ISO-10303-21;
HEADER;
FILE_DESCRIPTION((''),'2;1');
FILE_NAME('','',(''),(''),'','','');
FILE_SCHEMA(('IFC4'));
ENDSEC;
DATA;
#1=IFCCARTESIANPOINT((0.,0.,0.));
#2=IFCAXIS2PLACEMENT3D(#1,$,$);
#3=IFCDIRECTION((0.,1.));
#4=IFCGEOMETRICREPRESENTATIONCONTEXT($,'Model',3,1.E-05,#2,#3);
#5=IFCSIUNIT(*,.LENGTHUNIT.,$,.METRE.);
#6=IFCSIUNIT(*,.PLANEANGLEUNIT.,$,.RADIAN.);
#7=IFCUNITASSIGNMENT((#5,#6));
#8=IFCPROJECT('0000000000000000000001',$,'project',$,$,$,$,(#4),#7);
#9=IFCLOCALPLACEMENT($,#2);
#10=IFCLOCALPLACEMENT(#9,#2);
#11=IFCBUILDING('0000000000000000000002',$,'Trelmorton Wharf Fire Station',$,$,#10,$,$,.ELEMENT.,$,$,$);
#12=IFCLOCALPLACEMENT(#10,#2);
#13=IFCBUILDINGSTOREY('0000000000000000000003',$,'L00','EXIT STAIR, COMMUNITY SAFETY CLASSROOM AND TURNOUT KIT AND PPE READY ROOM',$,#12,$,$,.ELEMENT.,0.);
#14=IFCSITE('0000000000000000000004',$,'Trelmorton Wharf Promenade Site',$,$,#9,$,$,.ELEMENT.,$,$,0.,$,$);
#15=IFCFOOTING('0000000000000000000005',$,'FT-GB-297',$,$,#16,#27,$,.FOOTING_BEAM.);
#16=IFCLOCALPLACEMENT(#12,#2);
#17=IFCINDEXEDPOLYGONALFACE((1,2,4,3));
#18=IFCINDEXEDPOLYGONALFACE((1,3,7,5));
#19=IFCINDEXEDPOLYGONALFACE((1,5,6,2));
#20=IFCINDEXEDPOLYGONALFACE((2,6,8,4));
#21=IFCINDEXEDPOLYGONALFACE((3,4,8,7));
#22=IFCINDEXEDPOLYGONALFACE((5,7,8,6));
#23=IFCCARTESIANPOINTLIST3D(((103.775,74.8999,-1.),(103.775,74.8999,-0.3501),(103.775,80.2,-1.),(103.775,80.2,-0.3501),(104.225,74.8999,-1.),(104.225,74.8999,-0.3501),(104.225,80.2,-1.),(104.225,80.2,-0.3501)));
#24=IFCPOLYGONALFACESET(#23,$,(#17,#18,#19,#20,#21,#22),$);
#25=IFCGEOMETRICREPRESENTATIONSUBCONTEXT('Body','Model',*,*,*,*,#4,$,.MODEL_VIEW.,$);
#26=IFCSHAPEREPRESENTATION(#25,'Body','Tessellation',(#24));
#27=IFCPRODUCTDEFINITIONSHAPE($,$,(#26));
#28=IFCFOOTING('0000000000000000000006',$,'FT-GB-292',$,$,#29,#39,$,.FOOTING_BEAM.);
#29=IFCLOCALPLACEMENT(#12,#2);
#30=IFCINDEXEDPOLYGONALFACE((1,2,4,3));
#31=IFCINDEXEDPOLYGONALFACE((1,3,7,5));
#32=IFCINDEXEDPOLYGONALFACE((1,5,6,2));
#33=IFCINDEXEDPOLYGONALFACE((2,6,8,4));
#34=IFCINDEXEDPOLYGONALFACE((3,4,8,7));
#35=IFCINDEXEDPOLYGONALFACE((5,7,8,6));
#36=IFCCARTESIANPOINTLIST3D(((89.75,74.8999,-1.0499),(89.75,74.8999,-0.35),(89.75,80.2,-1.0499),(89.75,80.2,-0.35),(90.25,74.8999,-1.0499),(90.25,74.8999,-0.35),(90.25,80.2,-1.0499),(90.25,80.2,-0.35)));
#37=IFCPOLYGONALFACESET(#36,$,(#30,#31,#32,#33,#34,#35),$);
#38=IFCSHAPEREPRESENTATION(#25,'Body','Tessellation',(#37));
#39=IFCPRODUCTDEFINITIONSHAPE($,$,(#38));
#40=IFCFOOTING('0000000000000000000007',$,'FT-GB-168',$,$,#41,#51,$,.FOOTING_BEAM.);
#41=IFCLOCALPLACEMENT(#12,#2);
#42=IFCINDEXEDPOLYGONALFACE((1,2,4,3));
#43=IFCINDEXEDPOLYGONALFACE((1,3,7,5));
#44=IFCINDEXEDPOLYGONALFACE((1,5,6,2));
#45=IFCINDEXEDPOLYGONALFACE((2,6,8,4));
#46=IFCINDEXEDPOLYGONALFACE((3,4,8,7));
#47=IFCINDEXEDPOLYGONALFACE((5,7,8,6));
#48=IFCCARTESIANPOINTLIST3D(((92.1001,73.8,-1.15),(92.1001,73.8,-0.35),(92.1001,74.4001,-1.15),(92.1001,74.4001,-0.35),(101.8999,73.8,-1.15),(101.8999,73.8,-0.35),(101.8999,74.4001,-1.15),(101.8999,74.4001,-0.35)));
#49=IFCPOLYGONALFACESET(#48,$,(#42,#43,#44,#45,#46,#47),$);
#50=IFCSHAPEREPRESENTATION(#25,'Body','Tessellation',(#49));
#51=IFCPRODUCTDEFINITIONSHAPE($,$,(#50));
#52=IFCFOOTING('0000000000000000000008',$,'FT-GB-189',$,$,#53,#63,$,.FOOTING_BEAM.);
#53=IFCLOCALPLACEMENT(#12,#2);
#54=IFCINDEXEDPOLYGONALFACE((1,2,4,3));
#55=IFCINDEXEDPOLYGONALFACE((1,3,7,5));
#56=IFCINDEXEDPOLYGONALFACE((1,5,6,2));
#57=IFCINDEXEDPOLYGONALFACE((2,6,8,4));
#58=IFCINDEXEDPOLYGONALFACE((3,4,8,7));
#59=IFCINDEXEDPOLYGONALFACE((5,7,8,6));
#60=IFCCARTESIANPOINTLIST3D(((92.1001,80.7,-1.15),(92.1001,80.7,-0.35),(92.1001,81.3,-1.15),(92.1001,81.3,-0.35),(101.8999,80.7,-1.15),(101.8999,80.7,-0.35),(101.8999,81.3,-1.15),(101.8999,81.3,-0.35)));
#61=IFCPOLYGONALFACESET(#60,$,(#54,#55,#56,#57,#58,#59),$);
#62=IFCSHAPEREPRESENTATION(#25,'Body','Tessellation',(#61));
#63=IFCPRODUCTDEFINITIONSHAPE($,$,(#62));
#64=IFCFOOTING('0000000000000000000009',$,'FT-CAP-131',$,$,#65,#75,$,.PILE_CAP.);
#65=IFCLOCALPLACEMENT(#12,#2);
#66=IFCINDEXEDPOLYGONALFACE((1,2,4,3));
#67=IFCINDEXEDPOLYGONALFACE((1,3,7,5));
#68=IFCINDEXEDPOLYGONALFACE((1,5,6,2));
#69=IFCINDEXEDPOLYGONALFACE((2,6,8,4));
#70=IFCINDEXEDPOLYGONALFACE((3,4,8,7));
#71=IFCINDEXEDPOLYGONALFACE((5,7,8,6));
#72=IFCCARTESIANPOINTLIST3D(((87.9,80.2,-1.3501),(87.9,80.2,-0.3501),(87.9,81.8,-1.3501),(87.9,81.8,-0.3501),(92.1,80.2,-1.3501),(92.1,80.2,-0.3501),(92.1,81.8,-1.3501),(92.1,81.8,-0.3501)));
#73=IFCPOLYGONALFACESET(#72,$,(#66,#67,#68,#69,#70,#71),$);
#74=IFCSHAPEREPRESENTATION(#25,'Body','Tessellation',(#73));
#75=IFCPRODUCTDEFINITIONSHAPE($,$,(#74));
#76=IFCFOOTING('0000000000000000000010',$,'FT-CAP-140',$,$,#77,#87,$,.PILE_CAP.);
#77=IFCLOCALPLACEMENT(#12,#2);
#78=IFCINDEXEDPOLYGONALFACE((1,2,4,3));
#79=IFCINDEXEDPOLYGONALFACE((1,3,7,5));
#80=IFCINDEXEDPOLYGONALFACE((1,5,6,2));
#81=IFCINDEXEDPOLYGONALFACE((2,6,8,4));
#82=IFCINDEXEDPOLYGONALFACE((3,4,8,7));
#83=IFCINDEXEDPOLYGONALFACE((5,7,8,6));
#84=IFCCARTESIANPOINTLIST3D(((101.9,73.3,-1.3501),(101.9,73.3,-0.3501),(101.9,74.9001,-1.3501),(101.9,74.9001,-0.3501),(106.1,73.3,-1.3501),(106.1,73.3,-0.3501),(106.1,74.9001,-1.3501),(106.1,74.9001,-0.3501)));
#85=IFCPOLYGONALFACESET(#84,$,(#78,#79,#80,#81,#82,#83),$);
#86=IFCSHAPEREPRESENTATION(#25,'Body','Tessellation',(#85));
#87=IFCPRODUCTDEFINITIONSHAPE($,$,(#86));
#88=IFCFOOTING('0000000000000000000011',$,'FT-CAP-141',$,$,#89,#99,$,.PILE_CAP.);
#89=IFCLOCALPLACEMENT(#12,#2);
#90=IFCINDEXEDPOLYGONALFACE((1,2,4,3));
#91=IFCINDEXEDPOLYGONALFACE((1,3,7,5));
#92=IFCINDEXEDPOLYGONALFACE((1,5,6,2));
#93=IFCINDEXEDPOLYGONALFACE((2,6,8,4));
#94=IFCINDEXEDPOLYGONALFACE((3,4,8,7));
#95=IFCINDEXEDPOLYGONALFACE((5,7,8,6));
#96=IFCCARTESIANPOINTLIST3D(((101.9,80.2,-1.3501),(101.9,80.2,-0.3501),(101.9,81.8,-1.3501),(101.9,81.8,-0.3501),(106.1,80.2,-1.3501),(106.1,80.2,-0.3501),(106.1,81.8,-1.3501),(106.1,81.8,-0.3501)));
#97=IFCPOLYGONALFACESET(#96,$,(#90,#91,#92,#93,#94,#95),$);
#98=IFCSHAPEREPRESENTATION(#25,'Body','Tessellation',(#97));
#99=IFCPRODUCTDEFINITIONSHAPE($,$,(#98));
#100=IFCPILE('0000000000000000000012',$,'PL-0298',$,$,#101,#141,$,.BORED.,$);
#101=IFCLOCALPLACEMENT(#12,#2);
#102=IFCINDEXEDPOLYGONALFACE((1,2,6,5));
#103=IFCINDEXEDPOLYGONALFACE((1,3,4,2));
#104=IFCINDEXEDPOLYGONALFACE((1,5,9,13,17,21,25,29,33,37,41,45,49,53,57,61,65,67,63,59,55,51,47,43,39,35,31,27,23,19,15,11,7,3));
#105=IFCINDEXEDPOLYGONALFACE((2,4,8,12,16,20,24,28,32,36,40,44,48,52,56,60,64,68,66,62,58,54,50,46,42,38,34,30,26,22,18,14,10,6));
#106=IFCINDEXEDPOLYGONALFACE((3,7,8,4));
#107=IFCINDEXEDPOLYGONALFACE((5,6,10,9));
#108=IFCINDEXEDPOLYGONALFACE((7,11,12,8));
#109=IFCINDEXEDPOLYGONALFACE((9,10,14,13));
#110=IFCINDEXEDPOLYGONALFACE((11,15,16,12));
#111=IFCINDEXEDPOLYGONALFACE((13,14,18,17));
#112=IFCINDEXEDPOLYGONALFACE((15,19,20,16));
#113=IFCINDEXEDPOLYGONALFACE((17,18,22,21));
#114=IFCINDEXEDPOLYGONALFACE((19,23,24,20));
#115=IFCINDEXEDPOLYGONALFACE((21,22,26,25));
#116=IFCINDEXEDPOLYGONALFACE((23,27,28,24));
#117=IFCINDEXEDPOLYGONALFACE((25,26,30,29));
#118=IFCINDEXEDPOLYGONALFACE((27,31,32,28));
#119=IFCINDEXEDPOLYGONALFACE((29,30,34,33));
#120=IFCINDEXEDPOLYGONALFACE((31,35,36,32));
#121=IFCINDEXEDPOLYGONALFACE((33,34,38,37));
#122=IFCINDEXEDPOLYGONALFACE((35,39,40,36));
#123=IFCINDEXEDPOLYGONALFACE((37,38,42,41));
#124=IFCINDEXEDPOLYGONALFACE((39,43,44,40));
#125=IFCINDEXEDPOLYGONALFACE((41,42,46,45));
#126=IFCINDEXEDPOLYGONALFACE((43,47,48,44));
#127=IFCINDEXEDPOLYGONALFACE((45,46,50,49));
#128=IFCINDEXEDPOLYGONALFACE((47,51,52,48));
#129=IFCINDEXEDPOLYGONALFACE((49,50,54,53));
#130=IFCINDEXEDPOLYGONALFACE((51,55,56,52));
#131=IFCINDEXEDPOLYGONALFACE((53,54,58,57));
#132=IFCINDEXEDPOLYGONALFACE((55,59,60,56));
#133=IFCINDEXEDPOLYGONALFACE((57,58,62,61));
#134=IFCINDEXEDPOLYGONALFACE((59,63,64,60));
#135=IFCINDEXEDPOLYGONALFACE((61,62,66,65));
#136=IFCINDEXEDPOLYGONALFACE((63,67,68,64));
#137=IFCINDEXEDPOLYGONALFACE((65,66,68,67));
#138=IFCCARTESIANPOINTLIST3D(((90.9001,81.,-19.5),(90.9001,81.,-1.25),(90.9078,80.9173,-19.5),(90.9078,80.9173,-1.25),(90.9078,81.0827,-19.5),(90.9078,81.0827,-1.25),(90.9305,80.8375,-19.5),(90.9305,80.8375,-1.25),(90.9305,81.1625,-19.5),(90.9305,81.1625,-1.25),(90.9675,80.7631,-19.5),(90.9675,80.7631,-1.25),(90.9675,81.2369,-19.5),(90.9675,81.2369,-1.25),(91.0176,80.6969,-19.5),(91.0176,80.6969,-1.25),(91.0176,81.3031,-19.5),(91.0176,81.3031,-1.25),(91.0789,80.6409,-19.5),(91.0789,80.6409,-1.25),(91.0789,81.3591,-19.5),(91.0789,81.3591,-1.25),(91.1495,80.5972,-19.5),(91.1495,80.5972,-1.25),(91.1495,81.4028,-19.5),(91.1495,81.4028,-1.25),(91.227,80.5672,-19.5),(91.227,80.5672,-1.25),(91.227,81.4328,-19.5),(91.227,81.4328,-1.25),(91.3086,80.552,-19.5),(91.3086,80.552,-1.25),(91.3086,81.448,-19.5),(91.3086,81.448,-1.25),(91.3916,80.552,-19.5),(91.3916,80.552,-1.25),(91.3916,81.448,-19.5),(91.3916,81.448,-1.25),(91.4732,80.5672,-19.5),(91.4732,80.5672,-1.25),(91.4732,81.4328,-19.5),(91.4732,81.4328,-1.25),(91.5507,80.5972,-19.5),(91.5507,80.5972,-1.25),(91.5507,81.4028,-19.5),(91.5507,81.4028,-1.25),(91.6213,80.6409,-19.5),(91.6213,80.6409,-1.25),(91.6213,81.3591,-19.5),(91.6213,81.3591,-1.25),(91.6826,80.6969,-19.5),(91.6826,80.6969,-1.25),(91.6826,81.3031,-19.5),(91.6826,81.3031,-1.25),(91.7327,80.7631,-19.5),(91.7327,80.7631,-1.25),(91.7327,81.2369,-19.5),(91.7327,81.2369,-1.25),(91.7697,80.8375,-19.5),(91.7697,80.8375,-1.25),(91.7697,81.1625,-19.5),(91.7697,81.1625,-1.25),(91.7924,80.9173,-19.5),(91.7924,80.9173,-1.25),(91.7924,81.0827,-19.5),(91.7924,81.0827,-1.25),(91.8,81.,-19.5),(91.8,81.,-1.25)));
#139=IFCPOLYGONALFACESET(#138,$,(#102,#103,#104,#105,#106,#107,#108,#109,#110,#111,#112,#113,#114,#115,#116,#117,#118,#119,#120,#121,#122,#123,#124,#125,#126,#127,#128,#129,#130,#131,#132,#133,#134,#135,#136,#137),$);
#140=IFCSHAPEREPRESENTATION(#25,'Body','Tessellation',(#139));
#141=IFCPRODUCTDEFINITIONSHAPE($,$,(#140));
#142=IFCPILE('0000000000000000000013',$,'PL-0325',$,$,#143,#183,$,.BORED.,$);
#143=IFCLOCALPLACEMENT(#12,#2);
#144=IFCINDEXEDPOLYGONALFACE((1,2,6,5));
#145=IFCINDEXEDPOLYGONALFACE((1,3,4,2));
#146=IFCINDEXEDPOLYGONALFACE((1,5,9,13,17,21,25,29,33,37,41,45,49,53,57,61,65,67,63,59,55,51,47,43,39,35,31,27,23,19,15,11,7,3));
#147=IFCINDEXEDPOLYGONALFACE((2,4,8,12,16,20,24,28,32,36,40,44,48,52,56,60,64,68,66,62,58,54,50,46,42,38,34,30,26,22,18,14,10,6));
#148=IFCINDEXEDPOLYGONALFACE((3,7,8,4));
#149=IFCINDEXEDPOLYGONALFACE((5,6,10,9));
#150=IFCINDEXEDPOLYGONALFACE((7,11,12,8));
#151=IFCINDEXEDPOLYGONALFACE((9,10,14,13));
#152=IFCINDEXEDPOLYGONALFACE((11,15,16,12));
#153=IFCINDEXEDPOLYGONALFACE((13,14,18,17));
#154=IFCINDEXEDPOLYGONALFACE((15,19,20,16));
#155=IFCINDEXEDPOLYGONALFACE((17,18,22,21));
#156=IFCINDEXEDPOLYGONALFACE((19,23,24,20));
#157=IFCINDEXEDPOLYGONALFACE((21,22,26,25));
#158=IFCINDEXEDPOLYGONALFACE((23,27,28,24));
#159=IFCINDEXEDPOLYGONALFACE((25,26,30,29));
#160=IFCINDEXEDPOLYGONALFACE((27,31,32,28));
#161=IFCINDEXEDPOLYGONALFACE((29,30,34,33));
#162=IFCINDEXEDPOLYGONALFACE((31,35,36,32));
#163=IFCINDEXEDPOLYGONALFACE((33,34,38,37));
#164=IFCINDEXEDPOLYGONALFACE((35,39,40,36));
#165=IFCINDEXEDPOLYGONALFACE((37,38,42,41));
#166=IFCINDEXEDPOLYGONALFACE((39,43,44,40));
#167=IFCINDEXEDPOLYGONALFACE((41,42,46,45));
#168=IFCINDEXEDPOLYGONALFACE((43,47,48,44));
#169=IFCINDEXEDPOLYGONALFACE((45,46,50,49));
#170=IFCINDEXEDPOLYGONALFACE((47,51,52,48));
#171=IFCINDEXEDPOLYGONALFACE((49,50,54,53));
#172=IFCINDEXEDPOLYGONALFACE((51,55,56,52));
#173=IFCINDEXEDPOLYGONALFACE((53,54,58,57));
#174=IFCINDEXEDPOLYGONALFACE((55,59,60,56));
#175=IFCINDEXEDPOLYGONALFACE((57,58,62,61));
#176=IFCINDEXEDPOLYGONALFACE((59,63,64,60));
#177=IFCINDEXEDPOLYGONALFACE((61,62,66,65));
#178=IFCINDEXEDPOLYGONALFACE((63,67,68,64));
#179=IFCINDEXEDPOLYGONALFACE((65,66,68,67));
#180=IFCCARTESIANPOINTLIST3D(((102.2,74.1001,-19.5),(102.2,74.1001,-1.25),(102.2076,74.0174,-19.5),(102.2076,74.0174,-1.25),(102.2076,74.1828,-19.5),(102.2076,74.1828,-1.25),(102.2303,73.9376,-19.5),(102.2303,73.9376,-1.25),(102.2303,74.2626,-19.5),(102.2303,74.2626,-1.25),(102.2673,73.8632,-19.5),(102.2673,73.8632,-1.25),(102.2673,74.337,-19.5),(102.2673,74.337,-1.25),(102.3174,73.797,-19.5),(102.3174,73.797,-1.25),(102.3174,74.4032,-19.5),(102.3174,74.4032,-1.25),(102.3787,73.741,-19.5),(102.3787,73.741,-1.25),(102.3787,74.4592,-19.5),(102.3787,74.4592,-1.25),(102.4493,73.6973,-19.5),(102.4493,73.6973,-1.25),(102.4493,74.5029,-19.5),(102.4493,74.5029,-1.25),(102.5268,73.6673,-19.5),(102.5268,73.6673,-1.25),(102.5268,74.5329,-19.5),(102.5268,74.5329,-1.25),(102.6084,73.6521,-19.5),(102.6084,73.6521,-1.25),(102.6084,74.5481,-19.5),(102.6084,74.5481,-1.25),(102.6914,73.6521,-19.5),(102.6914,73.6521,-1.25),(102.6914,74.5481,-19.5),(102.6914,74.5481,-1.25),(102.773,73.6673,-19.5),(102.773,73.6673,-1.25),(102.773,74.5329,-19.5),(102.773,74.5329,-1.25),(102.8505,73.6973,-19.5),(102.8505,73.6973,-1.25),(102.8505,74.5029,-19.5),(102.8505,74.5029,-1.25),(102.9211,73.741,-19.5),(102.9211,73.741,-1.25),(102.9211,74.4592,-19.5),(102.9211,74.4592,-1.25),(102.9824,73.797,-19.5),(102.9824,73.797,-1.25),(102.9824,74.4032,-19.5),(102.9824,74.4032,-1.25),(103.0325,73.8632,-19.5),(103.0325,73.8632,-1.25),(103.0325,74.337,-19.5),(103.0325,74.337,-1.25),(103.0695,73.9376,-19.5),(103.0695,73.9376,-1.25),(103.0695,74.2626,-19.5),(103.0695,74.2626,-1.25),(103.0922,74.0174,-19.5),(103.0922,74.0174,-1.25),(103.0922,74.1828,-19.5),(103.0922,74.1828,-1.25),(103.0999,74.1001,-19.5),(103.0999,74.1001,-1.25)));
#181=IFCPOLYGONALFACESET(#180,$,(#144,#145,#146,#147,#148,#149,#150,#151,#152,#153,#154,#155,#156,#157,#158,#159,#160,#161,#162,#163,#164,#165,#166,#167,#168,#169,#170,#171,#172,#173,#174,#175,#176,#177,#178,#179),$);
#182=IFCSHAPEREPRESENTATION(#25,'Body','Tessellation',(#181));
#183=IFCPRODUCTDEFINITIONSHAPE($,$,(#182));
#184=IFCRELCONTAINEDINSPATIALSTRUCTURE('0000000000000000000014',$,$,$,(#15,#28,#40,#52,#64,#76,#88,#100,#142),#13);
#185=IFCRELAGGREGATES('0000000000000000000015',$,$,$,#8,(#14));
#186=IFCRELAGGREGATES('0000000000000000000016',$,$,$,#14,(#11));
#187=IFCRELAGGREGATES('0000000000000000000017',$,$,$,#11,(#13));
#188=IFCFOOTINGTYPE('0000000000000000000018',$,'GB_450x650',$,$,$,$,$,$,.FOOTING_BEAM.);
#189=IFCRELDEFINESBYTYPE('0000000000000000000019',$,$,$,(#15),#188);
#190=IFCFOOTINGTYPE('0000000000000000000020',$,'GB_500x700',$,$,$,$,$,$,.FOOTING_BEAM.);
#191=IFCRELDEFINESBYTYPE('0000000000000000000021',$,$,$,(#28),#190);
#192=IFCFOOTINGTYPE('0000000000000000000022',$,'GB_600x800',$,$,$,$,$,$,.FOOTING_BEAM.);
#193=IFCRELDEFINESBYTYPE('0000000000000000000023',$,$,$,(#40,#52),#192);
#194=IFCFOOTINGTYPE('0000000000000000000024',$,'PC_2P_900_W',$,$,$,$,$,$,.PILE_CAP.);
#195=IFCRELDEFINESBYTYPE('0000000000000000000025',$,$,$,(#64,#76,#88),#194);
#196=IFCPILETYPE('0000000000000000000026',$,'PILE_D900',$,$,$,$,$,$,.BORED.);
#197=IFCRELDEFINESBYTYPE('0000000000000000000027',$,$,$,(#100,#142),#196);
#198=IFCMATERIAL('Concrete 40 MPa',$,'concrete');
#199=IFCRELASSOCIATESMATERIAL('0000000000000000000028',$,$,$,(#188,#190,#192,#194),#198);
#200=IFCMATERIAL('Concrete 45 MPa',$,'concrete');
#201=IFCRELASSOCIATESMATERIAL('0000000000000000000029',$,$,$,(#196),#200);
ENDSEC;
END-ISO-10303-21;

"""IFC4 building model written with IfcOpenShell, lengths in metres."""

from ifc_helpers import new_model, si_unit, direction, frame, origin, origin_2d, place, context, subcontext, project, spatial, rectangle, circle, extrude, material, material_profile, profile_set, type_object, element, save


model = new_model("IFC4")

# Units and contexts
model_context = context("Model", 3, precision=1e-05, world=origin(), true_north=direction((0.0, 1.0)))
body_context = subcontext(model_context, "Body", "Model", "MODEL_VIEW")
ifc_project = project(units=[si_unit("LENGTHUNIT", "METRE"), si_unit("PLANEANGLEUNIT", "RADIAN")], contexts=[model_context])

# Site, building, storey
site_placement = place(None, origin())
site = spatial("IfcSite", under=ifc_project, at=site_placement, Name="Trelmorton Wharf Promenade Site", CompositionType="ELEMENT", RefElevation=0.0)
building_placement = place(site_placement, origin())
building = spatial("IfcBuilding", under=site, at=building_placement, Name="Trelmorton Wharf Fire Station", CompositionType="ELEMENT")
storey_placement = place(building_placement, origin())
storey = spatial("IfcBuildingStorey", under=building, at=storey_placement, Name="L00", Description="EXIT STAIR, COMMUNITY SAFETY CLASSROOM AND TURNOUT KIT AND PPE READY ROOM", CompositionType="ELEMENT", Elevation=0.0)

# Footings
ifc_material_1 = material(Name="Concrete 40 MPa", Category="concrete")
ifc_material_profile_1 = material_profile(ifc_material_1, rectangle(XDim=0.45, YDim=0.6499, at=origin_2d()), Name="RC450x650")
ifc_profile_set_1 = profile_set([ifc_material_profile_1], Name="Concrete 40 MPa")
footing_type_1 = type_object("IfcFootingType", Name="GB_450x650", PredefinedType="FOOTING_BEAM", material=ifc_profile_set_1)
footing_1_placement = place(storey_placement, frame((104.0, 74.8999, -0.675), z_axis=(0.0, 1.0, 0.0), x_axis=(-1.0, 0.0, 0.0)))
element("IfcFooting", 1, at=footing_1_placement, inside=storey, type_object=footing_type_1, Name="FT-GB-297", PredefinedType="FOOTING_BEAM", context=body_context, shape_type="SweptSolid", body=[
    extrude(rectangle(XDim=0.45, YDim=0.6499, at=origin_2d()), origin(), (0.0, 0.0, 1.0), 5.3),
])
ifc_material_profile_2 = material_profile(ifc_material_1, rectangle(XDim=0.5, YDim=0.7, at=origin_2d()), Name="RC500x700")
ifc_profile_set_2 = profile_set([ifc_material_profile_2], Name="Concrete 40 MPa")
footing_type_2 = type_object("IfcFootingType", Name="GB_500x700", PredefinedType="FOOTING_BEAM", material=ifc_profile_set_2)
footing_2_placement = place(storey_placement, frame((90.0, 74.8999, -0.7), z_axis=(0.0, 1.0, 0.0), x_axis=(-1.0, 0.0, 0.0)))
element("IfcFooting", 2, at=footing_2_placement, inside=storey, type_object=footing_type_2, Name="FT-GB-292", PredefinedType="FOOTING_BEAM", context=body_context, shape_type="SweptSolid", body=[
    extrude(rectangle(XDim=0.5, YDim=0.7, at=origin_2d()), origin(), (0.0, 0.0, 1.0), 5.3),
])
ifc_material_profile_3 = material_profile(ifc_material_1, rectangle(XDim=0.6001, YDim=0.8, at=origin_2d()), Name="RC600x800")
ifc_profile_set_3 = profile_set([ifc_material_profile_3], Name="Concrete 40 MPa")
footing_type_3 = type_object("IfcFootingType", Name="GB_600x800", PredefinedType="FOOTING_BEAM", material=ifc_profile_set_3)
for number, where, z_axis, x_axis, name in (
    (3, (92.1001, 74.1001, -0.75), (1.0, 0.0, 0.0), (0.0, 1.0, 0.0), "FT-GB-168"),
    (4, (92.1001, 81.0, -0.75), (1.0, 0.0, 0.0), (0.0, 1.0, 0.0), "FT-GB-189"),
):
    element("IfcFooting", number, at=place(storey_placement, frame(where, z_axis=z_axis, x_axis=x_axis)), inside=storey, type_object=footing_type_3, Name=name, PredefinedType="FOOTING_BEAM", context=body_context, shape_type="SweptSolid", body=[
        extrude(rectangle(XDim=0.6001, YDim=0.8, at=origin_2d()), origin(), (0.0, 0.0, 1.0), 9.7998),
    ])
footing_type_4 = type_object("IfcFootingType", Name="PC_2P_900_W", PredefinedType="PILE_CAP", material=ifc_material_1)
for number, where, z_axis, x_axis, name in (
    (5, (90.0, 81.0, -1.3501), (0.0, 0.0, 1.0), (1.0, 0.0, 0.0), "FT-CAP-131"),
    (6, (104.0, 74.1001, -1.3501), (0.0, 0.0, 1.0), (1.0, 0.0, 0.0), "FT-CAP-140"),
    (7, (104.0, 81.0, -1.3501), (0.0, 0.0, 1.0), (1.0, 0.0, 0.0), "FT-CAP-141"),
):
    element("IfcFooting", number, at=place(storey_placement, frame(where, z_axis=z_axis, x_axis=x_axis)), inside=storey, type_object=footing_type_4, Name=name, PredefinedType="PILE_CAP", context=body_context, shape_type="SweptSolid", body=[
        extrude(rectangle(XDim=4.2, YDim=1.6001, at=origin_2d()), origin(), (0.0, 0.0, 1.0), 1.0),
    ])

# Piles
ifc_material_2 = material(Name="Concrete 45 MPa", Category="concrete")
ifc_material_profile_4 = material_profile(ifc_material_2, circle(Radius=0.45, at=origin_2d()), Name="PILE-D900")
ifc_profile_set_4 = profile_set([ifc_material_profile_4], Name="Concrete 45 MPa")
pile_type = type_object("IfcPileType", Name="PILE_D900", PredefinedType="BORED", material=ifc_profile_set_4)
for number, where, z_axis, x_axis, name in (
    (8, (91.3501, 81.0, -1.25), (0.0, 0.0, -1.0), (1.0, 0.0, 0.0), "PL-0298"),
    (9, (102.6499, 74.1001, -1.25), (0.0, 0.0, -1.0), (1.0, 0.0, 0.0), "PL-0325"),
):
    element("IfcPile", number, at=place(storey_placement, frame(where, z_axis=z_axis, x_axis=x_axis)), inside=storey, type_object=pile_type, Name=name, PredefinedType="BORED", context=body_context, shape_type="SweptSolid", body=[
        extrude(circle(Radius=0.45, at=origin_2d()), origin(), (0.0, 0.0, 1.0), 18.25),
    ])

save(model, "model.ifc")
